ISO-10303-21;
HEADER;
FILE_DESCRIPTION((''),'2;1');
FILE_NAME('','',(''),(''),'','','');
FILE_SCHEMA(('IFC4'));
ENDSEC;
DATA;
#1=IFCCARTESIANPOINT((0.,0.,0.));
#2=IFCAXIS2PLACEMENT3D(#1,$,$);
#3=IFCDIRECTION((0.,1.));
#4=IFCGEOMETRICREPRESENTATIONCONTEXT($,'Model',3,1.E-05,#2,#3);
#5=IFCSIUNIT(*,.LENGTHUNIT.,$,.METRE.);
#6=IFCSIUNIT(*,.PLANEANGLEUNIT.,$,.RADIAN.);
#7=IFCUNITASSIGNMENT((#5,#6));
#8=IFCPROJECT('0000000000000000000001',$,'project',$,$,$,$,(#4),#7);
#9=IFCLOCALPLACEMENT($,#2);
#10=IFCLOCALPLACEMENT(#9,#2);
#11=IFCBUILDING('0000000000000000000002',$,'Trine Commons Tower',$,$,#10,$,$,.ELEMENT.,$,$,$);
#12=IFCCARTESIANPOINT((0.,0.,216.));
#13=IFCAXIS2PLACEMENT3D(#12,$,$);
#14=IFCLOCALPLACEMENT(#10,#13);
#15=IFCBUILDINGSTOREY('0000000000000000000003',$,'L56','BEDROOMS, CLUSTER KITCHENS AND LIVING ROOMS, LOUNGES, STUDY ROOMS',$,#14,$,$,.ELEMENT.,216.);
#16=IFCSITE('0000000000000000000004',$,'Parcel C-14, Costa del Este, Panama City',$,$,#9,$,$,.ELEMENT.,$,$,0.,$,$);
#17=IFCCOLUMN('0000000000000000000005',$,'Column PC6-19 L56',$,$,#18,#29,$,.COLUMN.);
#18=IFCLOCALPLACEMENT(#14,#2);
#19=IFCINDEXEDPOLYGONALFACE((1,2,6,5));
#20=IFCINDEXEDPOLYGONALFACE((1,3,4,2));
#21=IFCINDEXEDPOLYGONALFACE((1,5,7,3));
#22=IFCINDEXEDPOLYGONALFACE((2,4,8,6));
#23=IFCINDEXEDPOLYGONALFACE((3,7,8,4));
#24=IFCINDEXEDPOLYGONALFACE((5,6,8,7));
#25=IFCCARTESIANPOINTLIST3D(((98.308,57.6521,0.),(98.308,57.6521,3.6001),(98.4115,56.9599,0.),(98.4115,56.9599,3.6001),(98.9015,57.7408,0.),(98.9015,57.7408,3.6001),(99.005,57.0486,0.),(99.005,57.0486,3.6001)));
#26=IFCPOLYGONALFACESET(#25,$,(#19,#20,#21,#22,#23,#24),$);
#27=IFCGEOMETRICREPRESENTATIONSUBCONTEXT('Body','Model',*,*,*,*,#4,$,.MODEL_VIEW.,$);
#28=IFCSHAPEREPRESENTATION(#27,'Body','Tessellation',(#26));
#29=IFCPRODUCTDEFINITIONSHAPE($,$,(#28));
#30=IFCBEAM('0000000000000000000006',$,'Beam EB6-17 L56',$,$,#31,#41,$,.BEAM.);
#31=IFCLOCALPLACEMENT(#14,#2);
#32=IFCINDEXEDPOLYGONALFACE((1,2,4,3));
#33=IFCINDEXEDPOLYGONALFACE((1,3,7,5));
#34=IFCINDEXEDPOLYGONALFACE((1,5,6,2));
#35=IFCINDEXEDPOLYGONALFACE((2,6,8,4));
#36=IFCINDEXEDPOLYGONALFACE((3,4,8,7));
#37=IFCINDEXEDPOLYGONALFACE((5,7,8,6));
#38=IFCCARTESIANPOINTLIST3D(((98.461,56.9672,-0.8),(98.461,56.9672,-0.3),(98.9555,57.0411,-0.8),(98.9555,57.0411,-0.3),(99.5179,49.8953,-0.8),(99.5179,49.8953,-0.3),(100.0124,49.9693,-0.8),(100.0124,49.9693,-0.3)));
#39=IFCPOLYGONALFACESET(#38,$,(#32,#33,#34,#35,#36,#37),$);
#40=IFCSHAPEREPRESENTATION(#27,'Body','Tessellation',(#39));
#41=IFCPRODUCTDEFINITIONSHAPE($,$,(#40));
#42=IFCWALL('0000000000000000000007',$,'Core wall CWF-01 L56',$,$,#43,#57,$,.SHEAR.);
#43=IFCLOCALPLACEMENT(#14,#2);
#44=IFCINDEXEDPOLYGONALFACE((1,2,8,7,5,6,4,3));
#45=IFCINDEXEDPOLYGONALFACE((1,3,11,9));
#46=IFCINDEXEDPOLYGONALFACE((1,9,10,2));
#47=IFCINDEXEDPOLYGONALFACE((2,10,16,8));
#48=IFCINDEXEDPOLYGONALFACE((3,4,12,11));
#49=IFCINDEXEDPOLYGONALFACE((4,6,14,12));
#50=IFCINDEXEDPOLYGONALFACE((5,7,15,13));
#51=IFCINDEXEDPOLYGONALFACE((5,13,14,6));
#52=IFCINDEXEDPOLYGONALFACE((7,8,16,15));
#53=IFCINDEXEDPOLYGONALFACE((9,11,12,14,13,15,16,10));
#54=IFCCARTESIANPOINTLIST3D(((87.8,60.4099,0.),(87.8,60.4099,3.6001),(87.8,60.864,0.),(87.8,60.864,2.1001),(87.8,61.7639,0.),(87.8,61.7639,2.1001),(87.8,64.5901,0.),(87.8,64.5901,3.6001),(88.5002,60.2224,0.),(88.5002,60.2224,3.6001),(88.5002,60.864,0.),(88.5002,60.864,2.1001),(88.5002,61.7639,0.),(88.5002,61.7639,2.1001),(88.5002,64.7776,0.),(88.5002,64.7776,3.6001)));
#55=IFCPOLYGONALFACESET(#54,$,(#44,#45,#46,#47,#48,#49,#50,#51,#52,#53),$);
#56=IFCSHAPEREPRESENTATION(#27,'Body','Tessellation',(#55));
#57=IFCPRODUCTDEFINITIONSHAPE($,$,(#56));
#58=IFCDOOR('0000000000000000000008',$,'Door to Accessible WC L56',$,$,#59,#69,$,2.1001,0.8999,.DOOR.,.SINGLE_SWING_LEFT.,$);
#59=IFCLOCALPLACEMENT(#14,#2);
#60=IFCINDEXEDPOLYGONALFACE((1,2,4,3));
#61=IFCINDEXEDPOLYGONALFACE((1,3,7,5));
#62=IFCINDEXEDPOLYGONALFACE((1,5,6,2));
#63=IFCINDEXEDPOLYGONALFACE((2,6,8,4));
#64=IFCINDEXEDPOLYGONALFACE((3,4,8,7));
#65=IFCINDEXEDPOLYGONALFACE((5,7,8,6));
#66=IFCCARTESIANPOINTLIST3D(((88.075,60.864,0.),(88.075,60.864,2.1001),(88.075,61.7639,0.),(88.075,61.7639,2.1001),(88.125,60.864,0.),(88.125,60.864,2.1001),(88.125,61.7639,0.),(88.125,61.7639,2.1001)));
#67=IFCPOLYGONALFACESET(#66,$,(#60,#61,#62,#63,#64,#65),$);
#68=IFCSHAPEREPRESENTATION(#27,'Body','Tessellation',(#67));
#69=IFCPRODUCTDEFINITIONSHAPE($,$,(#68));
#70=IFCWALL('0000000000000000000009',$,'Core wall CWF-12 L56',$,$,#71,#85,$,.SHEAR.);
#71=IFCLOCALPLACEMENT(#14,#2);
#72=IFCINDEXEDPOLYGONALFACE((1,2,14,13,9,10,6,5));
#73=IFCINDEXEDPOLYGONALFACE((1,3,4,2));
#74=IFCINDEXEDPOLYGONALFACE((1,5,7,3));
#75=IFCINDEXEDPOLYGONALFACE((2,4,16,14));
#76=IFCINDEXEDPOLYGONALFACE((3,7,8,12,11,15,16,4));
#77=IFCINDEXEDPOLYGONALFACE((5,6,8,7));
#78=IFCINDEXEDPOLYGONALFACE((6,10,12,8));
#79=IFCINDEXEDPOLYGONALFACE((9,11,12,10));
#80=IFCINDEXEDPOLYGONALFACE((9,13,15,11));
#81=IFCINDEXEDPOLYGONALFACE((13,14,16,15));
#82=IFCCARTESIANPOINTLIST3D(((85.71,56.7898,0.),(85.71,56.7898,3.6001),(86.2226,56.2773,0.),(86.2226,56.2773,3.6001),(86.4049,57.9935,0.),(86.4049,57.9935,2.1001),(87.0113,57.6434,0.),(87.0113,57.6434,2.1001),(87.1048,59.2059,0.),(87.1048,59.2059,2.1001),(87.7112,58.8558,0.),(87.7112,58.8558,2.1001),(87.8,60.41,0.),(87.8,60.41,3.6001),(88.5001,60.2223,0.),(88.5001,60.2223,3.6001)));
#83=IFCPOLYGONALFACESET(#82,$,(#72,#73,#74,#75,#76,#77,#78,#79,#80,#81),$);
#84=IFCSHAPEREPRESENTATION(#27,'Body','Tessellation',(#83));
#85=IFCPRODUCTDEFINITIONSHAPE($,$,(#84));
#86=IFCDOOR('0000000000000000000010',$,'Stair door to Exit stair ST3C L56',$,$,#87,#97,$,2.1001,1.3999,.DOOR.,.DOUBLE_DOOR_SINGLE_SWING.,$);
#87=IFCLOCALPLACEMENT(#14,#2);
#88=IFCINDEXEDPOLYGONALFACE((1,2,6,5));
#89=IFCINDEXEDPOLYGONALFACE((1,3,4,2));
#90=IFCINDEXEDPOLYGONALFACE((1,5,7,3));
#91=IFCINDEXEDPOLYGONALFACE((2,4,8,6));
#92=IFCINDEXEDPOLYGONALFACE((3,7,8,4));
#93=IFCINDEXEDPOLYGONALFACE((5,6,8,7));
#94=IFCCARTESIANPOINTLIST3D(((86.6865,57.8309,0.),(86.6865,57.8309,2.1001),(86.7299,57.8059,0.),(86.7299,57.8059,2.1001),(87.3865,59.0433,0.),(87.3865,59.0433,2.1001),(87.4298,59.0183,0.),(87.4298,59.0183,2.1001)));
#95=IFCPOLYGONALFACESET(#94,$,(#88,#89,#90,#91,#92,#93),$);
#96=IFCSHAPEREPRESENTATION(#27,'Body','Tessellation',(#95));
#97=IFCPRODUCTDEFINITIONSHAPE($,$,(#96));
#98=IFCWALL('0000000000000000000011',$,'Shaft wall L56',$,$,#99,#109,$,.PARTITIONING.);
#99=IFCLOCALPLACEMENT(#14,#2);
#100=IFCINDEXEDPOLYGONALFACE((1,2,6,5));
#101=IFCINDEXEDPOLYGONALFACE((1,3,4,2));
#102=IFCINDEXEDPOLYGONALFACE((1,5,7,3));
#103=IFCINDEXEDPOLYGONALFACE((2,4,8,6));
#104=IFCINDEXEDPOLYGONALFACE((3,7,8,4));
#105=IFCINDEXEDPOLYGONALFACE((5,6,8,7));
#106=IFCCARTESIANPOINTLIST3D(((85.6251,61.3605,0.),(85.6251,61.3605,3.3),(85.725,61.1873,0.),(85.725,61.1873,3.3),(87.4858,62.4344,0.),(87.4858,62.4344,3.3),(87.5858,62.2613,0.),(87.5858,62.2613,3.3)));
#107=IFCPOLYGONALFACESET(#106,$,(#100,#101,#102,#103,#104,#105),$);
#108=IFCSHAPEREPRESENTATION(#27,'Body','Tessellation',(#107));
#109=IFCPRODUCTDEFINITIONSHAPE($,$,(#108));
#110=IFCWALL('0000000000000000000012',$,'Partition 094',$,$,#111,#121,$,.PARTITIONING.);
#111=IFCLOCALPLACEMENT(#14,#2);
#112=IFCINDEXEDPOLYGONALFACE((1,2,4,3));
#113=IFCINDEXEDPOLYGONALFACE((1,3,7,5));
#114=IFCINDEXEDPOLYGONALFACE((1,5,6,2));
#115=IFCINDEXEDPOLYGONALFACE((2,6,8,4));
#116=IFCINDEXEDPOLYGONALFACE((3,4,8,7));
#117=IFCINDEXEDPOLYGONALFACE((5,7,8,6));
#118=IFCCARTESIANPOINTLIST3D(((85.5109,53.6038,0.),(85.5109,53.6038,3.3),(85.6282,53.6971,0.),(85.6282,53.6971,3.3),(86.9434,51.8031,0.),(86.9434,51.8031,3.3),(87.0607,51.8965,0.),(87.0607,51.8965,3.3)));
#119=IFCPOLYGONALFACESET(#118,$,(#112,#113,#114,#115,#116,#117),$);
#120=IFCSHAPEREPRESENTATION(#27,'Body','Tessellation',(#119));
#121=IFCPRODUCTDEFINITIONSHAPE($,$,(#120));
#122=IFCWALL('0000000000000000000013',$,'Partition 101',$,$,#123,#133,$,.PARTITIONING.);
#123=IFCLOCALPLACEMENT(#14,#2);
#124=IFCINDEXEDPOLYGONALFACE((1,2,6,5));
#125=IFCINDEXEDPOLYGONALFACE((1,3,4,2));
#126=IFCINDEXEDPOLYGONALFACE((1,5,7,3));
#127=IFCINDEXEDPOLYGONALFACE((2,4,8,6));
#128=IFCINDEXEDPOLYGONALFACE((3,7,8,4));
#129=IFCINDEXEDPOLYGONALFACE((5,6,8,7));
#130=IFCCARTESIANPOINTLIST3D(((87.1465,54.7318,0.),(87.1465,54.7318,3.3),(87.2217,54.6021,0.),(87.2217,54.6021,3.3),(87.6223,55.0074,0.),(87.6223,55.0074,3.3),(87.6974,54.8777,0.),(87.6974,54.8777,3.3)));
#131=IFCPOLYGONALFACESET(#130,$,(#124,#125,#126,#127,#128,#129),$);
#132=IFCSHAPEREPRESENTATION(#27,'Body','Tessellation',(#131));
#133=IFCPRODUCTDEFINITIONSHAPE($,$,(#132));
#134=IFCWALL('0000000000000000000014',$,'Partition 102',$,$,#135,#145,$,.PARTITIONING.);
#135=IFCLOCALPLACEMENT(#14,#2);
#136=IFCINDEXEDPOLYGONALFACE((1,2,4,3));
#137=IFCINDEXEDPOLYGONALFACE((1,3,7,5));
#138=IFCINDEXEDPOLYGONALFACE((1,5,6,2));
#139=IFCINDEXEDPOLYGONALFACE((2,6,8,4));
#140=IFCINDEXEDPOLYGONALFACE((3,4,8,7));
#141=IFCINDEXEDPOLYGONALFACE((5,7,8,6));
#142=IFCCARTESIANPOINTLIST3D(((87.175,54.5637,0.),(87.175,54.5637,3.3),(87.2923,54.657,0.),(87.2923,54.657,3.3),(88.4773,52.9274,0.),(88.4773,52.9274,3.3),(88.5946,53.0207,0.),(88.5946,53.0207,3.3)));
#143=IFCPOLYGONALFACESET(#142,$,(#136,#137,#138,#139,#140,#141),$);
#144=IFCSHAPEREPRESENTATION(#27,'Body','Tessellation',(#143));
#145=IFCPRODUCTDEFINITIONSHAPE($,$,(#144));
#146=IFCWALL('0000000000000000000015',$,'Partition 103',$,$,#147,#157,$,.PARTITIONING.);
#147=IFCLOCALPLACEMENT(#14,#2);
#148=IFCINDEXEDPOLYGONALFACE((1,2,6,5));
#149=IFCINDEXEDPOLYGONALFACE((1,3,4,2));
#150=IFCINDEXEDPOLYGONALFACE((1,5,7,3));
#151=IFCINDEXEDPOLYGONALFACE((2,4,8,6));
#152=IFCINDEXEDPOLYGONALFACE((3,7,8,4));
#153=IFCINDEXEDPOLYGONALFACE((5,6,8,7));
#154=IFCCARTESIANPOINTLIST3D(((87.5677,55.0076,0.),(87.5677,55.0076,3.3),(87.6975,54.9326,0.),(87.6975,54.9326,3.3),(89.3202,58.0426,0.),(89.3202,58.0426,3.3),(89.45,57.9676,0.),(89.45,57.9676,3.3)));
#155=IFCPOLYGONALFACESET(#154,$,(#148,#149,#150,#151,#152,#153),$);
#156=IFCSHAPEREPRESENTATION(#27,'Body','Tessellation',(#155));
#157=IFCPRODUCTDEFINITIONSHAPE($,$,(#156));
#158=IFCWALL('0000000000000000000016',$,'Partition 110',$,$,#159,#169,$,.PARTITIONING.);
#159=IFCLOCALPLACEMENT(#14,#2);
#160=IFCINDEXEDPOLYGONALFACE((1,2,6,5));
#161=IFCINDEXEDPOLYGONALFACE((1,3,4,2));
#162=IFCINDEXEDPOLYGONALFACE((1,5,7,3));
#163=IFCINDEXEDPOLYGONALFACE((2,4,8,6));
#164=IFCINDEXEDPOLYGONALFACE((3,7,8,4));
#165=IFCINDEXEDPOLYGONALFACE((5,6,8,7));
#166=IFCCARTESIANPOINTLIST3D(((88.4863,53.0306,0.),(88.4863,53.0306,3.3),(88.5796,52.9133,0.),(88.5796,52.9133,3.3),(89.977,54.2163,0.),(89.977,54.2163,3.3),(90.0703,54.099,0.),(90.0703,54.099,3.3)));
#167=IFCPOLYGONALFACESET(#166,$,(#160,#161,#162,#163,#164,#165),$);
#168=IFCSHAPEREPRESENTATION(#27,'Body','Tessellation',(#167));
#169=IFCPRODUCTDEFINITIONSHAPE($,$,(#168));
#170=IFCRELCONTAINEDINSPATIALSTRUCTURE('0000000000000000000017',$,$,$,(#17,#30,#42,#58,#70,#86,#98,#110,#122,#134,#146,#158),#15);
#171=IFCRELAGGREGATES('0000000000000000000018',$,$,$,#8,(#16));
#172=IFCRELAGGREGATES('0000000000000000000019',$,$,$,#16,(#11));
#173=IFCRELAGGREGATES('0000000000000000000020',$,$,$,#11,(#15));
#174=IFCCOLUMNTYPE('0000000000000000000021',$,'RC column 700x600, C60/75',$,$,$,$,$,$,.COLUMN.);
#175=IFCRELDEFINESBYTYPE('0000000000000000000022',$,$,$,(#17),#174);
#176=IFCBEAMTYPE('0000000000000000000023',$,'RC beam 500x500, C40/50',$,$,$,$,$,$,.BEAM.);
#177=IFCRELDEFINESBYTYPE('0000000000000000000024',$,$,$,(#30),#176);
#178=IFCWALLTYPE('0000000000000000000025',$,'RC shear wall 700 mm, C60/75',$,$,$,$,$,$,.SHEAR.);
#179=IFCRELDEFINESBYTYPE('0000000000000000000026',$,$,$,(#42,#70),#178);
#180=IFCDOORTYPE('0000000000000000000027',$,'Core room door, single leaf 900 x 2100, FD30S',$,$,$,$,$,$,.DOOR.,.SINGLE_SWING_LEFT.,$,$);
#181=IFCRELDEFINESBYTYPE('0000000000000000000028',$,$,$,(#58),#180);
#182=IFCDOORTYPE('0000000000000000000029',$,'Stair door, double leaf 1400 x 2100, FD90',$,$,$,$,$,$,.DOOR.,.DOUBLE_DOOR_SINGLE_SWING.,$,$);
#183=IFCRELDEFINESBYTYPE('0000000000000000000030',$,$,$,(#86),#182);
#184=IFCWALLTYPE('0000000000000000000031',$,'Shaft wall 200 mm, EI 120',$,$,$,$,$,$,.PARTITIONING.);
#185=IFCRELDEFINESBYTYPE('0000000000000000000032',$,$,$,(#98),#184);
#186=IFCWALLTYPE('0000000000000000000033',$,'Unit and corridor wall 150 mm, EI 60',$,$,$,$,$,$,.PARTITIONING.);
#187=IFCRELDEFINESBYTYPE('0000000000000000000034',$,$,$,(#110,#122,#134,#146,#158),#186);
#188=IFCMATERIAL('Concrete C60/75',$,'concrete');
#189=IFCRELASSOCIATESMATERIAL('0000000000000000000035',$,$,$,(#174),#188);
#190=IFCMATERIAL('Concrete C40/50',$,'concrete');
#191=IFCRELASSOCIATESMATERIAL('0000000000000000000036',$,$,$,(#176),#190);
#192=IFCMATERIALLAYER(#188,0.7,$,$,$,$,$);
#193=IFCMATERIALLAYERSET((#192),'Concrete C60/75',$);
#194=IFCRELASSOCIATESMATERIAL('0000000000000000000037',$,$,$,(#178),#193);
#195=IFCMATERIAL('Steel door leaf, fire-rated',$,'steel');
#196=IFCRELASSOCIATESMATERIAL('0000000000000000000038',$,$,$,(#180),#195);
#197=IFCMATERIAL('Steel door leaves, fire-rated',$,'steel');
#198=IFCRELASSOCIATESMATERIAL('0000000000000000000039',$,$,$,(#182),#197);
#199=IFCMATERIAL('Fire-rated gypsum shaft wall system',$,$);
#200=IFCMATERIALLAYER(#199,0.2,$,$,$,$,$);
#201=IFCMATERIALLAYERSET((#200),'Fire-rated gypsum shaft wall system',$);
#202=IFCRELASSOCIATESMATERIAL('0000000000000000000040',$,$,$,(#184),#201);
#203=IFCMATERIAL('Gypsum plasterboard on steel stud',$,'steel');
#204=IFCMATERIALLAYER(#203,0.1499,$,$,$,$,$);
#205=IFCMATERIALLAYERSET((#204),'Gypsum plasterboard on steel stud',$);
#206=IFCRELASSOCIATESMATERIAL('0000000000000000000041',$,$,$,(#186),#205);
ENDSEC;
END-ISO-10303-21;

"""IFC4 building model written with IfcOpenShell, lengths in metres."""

from ifc_helpers import new_model, si_unit, direction, frame, frame_2d, origin, origin_2d, place, context, subcontext, project, spatial, polyline, rectangle, outline, extrude, material, layer, layer_set, material_profile, profile_set, type_object, element, fill, save


model = new_model("IFC4")

# Units and contexts
model_context = context("Model", 3, precision=1e-05, world=origin(), true_north=direction((0.0, 1.0)))
body_context = subcontext(model_context, "Body", "Model", "MODEL_VIEW")
ifc_project = project(units=[si_unit("LENGTHUNIT", "METRE"), si_unit("PLANEANGLEUNIT", "RADIAN")], contexts=[model_context])

# Site, building, storey
site_placement = place(None, origin())
site = spatial("IfcSite", under=ifc_project, at=site_placement, Name="Parcel C-14, Costa del Este, Panama City", CompositionType="ELEMENT", RefElevation=0.0)
building_placement = place(site_placement, origin())
building = spatial("IfcBuilding", under=site, at=building_placement, Name="Trine Commons Tower", CompositionType="ELEMENT")
storey_placement = place(building_placement, frame((0.0, 0.0, 216.0)))
storey = spatial("IfcBuildingStorey", under=building, at=storey_placement, Name="L56", Description="BEDROOMS, CLUSTER KITCHENS AND LIVING ROOMS, LOUNGES, STUDY ROOMS", CompositionType="ELEMENT", Elevation=216.0)

# Column
ifc_material_1 = material(Name="Concrete C60/75", Category="concrete")
ifc_material_profile_1 = material_profile(ifc_material_1, rectangle(XDim=0.7, YDim=0.6001, at=origin_2d()), Name="RC 700x600")
ifc_profile_set_1 = profile_set([ifc_material_profile_1], Name="Concrete C60/75")
column_type = type_object("IfcColumnType", Name="RC column 700x600, C60/75", PredefinedType="COLUMN", material=ifc_profile_set_1)
column_placement = place(storey_placement, frame((98.6565, 57.3503, 0.0), z_axis=(0.0, 0.0, 1.0), x_axis=(-0.147809, 0.989016, 0.0)))
element("IfcColumn", 1, at=column_placement, inside=storey, type_object=column_type, Name="Column PC6-19 L56", PredefinedType="COLUMN", context=body_context, shape_type="SweptSolid", body=[
    extrude(rectangle(XDim=0.7, YDim=0.6001, at=origin_2d()), origin(), (0.0, 0.0, 1.0), 3.6001),
])

# Beam
ifc_material_2 = material(Name="Concrete C40/50", Category="concrete")
ifc_material_profile_2 = material_profile(ifc_material_2, rectangle(XDim=0.5, YDim=0.5, at=origin_2d()), Name="RC 500x500")
ifc_profile_set_2 = profile_set([ifc_material_profile_2], Name="Concrete C40/50")
beam_type = type_object("IfcBeamType", Name="RC beam 500x500, C40/50", PredefinedType="BEAM", material=ifc_profile_set_2)
beam_placement = place(storey_placement, frame((98.7083, 57.0042, -0.55), z_axis=(0.147809, -0.989016, 0.0), x_axis=(0.989016, 0.147809, 0.0)))
element("IfcBeam", 2, at=beam_placement, inside=storey, type_object=beam_type, Name="Beam EB6-17 L56", PredefinedType="BEAM", context=body_context, shape_type="SweptSolid", body=[
    extrude(rectangle(XDim=0.5, YDim=0.5, at=origin_2d()), origin(), (0.0, 0.0, 1.0), 7.1504),
])

# Walls, openings, doors
ifc_layer_1 = layer(ifc_material_1, 0.7)
ifc_layer_set_1 = layer_set([ifc_layer_1], Name="Concrete C60/75")
wall_type_1 = type_object("IfcWallType", Name="RC shear wall 700 mm, C60/75", PredefinedType="SHEAR", material=ifc_layer_set_1)
wall_1_placement = place(storey_placement, frame((88.1501, 60.2224, 0.0), z_axis=(0.0, 0.0, 1.0), x_axis=(0.0, 1.0, 0.0)))
wall_1 = element("IfcWall", 3, at=wall_1_placement, inside=storey, type_object=wall_type_1, Name="Core wall CWF-01 L56", PredefinedType="SHEAR", context=body_context, shape_type="SweptSolid", body=[
    extrude(outline(polyline([(0.0, -0.3501), (4.5552, -0.3501), (4.3677, 0.3501), (0.1875, 0.3501), (0.0, -0.3501)])), origin(), (0.0, 0.0, 1.0), 3.6001),
])
opening_1_placement = place(wall_1_placement, frame((0.6416, 0.0, 0.0)))
opening_1 = element("IfcOpeningElement", 4, at=opening_1_placement, cuts=wall_1, PredefinedType="OPENING", context=body_context, shape_type="SweptSolid", body=[
    extrude(rectangle(XDim=0.8999, YDim=2.1001, at=frame_2d((0.45, 1.05))), frame((0.0, 0.3599, 0.0), z_axis=(0.0, -1.0, 0.0), x_axis=(1.0, 0.0, 0.0)), (0.0, 0.0, 1.0), 0.72),
])
ifc_material_3 = material(Name="Steel door leaf, fire-rated", Category="steel")
door_type_1 = type_object("IfcDoorType", Name="Core room door, single leaf 900 x 2100, FD30S", OperationType="SINGLE_SWING_LEFT", PredefinedType="DOOR", material=ifc_material_3)
door_1_placement = place(opening_1_placement, origin())
door_1 = element("IfcDoor", 5, at=door_1_placement, inside=storey, type_object=door_type_1, Name="Door to Accessible WC L56", OperationType="SINGLE_SWING_LEFT", OverallHeight=2.1001, OverallWidth=0.8999, PredefinedType="DOOR", context=body_context, shape_type="SweptSolid", body=[
    extrude(rectangle(XDim=0.8999, YDim=2.1001, at=frame_2d((0.45, 1.05))), frame((0.0, 0.0752, 0.0), z_axis=(0.0, -1.0, 0.0), x_axis=(1.0, 0.0, 0.0)), (0.0, 0.0, 1.0), 0.05),
])
fill(opening_1, door_1)
wall_2_placement = place(storey_placement, frame((85.9194, 56.4524, 0.0), z_axis=(0.0, 0.0, 1.0), x_axis=(0.499984, 0.866035, 0.0)))
wall_2 = element("IfcWall", 6, at=wall_2_placement, inside=storey, type_object=wall_type_1, Name="Core wall CWF-12 L56", PredefinedType="SHEAR", context=body_context, shape_type="SweptSolid", body=[
    extrude(outline(polyline([(0.0, -0.3501), (4.5552, -0.3501), (4.3677, 0.3501), (0.1875, 0.3501), (0.0, -0.3501)])), origin(), (0.0, 0.0, 1.0), 3.6001),
])
opening_2_placement = place(wall_2_placement, frame((1.5774, 0.0, 0.0)))
opening_2 = element("IfcOpeningElement", 7, at=opening_2_placement, cuts=wall_2, PredefinedType="OPENING", context=body_context, shape_type="SweptSolid", body=[
    extrude(rectangle(XDim=1.3999, YDim=2.1001, at=frame_2d((0.7, 1.05))), frame((0.0, 0.3599, 0.0), z_axis=(0.0, -1.0, 0.0), x_axis=(1.0, 0.0, 0.0)), (0.0, 0.0, 1.0), 0.72),
])
ifc_material_4 = material(Name="Steel door leaves, fire-rated", Category="steel")
door_type_2 = type_object("IfcDoorType", Name="Stair door, double leaf 1400 x 2100, FD90", OperationType="DOUBLE_DOOR_SINGLE_SWING", PredefinedType="DOOR", material=ifc_material_4)
door_2_placement = place(opening_2_placement, origin())
door_2 = element("IfcDoor", 8, at=door_2_placement, inside=storey, type_object=door_type_2, Name="Stair door to Exit stair ST3C L56", OperationType="DOUBLE_DOOR_SINGLE_SWING", OverallHeight=2.1001, OverallWidth=1.3999, PredefinedType="DOOR", context=body_context, shape_type="SweptSolid", body=[
    extrude(rectangle(XDim=1.3999, YDim=2.1001, at=frame_2d((0.7, 1.05))), frame((0.0, 0.0249, 0.0), z_axis=(0.0, -1.0, 0.0), x_axis=(1.0, 0.0, 0.0)), (0.0, 0.0, 1.0), 0.05),
])
fill(opening_2, door_2)

# Walls
ifc_material_5 = material(Name="Fire-rated gypsum shaft wall system")
ifc_layer_2 = layer(ifc_material_5, 0.2)
ifc_layer_set_2 = layer_set([ifc_layer_2], Name="Fire-rated gypsum shaft wall system")
wall_type_2 = type_object("IfcWallType", Name="Shaft wall 200 mm, EI 120", PredefinedType="PARTITIONING", material=ifc_layer_set_2)
wall_3_placement = place(storey_placement, frame((85.675, 61.2739, 0.0), z_axis=(0.0, 0.0, 1.0), x_axis=(0.866102, 0.499867, 0.0)))
element("IfcWall", 9, at=wall_3_placement, inside=storey, type_object=wall_type_2, Name="Shaft wall L56", PredefinedType="PARTITIONING", context=body_context, shape_type="SweptSolid", body=[
    extrude(rectangle(XDim=2.1484, YDim=0.2, at=frame_2d((1.0742, 0.0))), origin(), (0.0, 0.0, 1.0), 3.3),
])
ifc_material_6 = material(Name="Gypsum plasterboard on steel stud", Category="steel")
ifc_layer_3 = layer(ifc_material_6, 0.1499)
ifc_layer_set_3 = layer_set([ifc_layer_3], Name="Gypsum plasterboard on steel stud")
wall_type_3 = type_object("IfcWallType", Name="Unit and corridor wall 150 mm, EI 60", PredefinedType="PARTITIONING", material=ifc_layer_set_3)
wall_4_placement = place(storey_placement, frame((85.5696, 53.6504, 0.0), z_axis=(0.0, 0.0, 1.0), x_axis=(0.622571, -0.782563, 0.0)))
element("IfcWall", 10, at=wall_4_placement, inside=storey, type_object=wall_type_3, Name="Partition 094", PredefinedType="PARTITIONING", context=body_context, shape_type="SweptSolid", body=[
    extrude(rectangle(XDim=2.301, YDim=0.1499, at=frame_2d((1.1504, 0.0))), origin(), (0.0, 0.0, 1.0), 3.3),
])
wall_5_placement = place(storey_placement, frame((87.1841, 54.667, 0.0), z_axis=(0.0, 0.0, 1.0), x_axis=(0.865305, 0.501246, 0.0)))
element("IfcWall", 11, at=wall_5_placement, inside=storey, type_object=wall_type_3, Name="Partition 101", PredefinedType="PARTITIONING", context=body_context, shape_type="SweptSolid", body=[
    extrude(rectangle(XDim=0.5498, YDim=0.1499, at=frame_2d((0.2749, 0.0))), origin(), (0.0, 0.0, 1.0), 3.3),
])
wall_6_placement = place(storey_placement, frame((87.2336, 54.6104, 0.0), z_axis=(0.0, 0.0, 1.0), x_axis=(0.622728, -0.782438, 0.0)))
element("IfcWall", 12, at=wall_6_placement, inside=storey, type_object=wall_type_3, Name="Partition 102", PredefinedType="PARTITIONING", context=body_context, shape_type="SweptSolid", body=[
    extrude(rectangle(XDim=2.0913, YDim=0.1499, at=frame_2d((1.0457, 0.0))), origin(), (0.0, 0.0, 1.0), 3.3),
])
wall_7_placement = place(storey_placement, frame((87.6326, 54.97, 0.0), z_axis=(0.0, 0.0, 1.0), x_axis=(0.50005, 0.865996, 0.0)))
element("IfcWall", 13, at=wall_7_placement, inside=storey, type_object=wall_type_3, Name="Partition 103", PredefinedType="PARTITIONING", context=body_context, shape_type="SweptSolid", body=[
    extrude(rectangle(XDim=3.5046, YDim=0.1499, at=frame_2d((1.7524, 0.0))), origin(), (0.0, 0.0, 1.0), 3.3),
])
wall_8_placement = place(storey_placement, frame((88.533, 52.9719, 0.0), z_axis=(0.0, 0.0, 1.0), x_axis=(0.782604, 0.62252, 0.0)))
element("IfcWall", 14, at=wall_8_placement, inside=storey, type_object=wall_type_3, Name="Partition 110", PredefinedType="PARTITIONING", context=body_context, shape_type="SweptSolid", body=[
    extrude(rectangle(XDim=1.9048, YDim=0.1499, at=frame_2d((0.9524, 0.0))), origin(), (0.0, 0.0, 1.0), 3.3),
])

save(model, "model.ifc")
